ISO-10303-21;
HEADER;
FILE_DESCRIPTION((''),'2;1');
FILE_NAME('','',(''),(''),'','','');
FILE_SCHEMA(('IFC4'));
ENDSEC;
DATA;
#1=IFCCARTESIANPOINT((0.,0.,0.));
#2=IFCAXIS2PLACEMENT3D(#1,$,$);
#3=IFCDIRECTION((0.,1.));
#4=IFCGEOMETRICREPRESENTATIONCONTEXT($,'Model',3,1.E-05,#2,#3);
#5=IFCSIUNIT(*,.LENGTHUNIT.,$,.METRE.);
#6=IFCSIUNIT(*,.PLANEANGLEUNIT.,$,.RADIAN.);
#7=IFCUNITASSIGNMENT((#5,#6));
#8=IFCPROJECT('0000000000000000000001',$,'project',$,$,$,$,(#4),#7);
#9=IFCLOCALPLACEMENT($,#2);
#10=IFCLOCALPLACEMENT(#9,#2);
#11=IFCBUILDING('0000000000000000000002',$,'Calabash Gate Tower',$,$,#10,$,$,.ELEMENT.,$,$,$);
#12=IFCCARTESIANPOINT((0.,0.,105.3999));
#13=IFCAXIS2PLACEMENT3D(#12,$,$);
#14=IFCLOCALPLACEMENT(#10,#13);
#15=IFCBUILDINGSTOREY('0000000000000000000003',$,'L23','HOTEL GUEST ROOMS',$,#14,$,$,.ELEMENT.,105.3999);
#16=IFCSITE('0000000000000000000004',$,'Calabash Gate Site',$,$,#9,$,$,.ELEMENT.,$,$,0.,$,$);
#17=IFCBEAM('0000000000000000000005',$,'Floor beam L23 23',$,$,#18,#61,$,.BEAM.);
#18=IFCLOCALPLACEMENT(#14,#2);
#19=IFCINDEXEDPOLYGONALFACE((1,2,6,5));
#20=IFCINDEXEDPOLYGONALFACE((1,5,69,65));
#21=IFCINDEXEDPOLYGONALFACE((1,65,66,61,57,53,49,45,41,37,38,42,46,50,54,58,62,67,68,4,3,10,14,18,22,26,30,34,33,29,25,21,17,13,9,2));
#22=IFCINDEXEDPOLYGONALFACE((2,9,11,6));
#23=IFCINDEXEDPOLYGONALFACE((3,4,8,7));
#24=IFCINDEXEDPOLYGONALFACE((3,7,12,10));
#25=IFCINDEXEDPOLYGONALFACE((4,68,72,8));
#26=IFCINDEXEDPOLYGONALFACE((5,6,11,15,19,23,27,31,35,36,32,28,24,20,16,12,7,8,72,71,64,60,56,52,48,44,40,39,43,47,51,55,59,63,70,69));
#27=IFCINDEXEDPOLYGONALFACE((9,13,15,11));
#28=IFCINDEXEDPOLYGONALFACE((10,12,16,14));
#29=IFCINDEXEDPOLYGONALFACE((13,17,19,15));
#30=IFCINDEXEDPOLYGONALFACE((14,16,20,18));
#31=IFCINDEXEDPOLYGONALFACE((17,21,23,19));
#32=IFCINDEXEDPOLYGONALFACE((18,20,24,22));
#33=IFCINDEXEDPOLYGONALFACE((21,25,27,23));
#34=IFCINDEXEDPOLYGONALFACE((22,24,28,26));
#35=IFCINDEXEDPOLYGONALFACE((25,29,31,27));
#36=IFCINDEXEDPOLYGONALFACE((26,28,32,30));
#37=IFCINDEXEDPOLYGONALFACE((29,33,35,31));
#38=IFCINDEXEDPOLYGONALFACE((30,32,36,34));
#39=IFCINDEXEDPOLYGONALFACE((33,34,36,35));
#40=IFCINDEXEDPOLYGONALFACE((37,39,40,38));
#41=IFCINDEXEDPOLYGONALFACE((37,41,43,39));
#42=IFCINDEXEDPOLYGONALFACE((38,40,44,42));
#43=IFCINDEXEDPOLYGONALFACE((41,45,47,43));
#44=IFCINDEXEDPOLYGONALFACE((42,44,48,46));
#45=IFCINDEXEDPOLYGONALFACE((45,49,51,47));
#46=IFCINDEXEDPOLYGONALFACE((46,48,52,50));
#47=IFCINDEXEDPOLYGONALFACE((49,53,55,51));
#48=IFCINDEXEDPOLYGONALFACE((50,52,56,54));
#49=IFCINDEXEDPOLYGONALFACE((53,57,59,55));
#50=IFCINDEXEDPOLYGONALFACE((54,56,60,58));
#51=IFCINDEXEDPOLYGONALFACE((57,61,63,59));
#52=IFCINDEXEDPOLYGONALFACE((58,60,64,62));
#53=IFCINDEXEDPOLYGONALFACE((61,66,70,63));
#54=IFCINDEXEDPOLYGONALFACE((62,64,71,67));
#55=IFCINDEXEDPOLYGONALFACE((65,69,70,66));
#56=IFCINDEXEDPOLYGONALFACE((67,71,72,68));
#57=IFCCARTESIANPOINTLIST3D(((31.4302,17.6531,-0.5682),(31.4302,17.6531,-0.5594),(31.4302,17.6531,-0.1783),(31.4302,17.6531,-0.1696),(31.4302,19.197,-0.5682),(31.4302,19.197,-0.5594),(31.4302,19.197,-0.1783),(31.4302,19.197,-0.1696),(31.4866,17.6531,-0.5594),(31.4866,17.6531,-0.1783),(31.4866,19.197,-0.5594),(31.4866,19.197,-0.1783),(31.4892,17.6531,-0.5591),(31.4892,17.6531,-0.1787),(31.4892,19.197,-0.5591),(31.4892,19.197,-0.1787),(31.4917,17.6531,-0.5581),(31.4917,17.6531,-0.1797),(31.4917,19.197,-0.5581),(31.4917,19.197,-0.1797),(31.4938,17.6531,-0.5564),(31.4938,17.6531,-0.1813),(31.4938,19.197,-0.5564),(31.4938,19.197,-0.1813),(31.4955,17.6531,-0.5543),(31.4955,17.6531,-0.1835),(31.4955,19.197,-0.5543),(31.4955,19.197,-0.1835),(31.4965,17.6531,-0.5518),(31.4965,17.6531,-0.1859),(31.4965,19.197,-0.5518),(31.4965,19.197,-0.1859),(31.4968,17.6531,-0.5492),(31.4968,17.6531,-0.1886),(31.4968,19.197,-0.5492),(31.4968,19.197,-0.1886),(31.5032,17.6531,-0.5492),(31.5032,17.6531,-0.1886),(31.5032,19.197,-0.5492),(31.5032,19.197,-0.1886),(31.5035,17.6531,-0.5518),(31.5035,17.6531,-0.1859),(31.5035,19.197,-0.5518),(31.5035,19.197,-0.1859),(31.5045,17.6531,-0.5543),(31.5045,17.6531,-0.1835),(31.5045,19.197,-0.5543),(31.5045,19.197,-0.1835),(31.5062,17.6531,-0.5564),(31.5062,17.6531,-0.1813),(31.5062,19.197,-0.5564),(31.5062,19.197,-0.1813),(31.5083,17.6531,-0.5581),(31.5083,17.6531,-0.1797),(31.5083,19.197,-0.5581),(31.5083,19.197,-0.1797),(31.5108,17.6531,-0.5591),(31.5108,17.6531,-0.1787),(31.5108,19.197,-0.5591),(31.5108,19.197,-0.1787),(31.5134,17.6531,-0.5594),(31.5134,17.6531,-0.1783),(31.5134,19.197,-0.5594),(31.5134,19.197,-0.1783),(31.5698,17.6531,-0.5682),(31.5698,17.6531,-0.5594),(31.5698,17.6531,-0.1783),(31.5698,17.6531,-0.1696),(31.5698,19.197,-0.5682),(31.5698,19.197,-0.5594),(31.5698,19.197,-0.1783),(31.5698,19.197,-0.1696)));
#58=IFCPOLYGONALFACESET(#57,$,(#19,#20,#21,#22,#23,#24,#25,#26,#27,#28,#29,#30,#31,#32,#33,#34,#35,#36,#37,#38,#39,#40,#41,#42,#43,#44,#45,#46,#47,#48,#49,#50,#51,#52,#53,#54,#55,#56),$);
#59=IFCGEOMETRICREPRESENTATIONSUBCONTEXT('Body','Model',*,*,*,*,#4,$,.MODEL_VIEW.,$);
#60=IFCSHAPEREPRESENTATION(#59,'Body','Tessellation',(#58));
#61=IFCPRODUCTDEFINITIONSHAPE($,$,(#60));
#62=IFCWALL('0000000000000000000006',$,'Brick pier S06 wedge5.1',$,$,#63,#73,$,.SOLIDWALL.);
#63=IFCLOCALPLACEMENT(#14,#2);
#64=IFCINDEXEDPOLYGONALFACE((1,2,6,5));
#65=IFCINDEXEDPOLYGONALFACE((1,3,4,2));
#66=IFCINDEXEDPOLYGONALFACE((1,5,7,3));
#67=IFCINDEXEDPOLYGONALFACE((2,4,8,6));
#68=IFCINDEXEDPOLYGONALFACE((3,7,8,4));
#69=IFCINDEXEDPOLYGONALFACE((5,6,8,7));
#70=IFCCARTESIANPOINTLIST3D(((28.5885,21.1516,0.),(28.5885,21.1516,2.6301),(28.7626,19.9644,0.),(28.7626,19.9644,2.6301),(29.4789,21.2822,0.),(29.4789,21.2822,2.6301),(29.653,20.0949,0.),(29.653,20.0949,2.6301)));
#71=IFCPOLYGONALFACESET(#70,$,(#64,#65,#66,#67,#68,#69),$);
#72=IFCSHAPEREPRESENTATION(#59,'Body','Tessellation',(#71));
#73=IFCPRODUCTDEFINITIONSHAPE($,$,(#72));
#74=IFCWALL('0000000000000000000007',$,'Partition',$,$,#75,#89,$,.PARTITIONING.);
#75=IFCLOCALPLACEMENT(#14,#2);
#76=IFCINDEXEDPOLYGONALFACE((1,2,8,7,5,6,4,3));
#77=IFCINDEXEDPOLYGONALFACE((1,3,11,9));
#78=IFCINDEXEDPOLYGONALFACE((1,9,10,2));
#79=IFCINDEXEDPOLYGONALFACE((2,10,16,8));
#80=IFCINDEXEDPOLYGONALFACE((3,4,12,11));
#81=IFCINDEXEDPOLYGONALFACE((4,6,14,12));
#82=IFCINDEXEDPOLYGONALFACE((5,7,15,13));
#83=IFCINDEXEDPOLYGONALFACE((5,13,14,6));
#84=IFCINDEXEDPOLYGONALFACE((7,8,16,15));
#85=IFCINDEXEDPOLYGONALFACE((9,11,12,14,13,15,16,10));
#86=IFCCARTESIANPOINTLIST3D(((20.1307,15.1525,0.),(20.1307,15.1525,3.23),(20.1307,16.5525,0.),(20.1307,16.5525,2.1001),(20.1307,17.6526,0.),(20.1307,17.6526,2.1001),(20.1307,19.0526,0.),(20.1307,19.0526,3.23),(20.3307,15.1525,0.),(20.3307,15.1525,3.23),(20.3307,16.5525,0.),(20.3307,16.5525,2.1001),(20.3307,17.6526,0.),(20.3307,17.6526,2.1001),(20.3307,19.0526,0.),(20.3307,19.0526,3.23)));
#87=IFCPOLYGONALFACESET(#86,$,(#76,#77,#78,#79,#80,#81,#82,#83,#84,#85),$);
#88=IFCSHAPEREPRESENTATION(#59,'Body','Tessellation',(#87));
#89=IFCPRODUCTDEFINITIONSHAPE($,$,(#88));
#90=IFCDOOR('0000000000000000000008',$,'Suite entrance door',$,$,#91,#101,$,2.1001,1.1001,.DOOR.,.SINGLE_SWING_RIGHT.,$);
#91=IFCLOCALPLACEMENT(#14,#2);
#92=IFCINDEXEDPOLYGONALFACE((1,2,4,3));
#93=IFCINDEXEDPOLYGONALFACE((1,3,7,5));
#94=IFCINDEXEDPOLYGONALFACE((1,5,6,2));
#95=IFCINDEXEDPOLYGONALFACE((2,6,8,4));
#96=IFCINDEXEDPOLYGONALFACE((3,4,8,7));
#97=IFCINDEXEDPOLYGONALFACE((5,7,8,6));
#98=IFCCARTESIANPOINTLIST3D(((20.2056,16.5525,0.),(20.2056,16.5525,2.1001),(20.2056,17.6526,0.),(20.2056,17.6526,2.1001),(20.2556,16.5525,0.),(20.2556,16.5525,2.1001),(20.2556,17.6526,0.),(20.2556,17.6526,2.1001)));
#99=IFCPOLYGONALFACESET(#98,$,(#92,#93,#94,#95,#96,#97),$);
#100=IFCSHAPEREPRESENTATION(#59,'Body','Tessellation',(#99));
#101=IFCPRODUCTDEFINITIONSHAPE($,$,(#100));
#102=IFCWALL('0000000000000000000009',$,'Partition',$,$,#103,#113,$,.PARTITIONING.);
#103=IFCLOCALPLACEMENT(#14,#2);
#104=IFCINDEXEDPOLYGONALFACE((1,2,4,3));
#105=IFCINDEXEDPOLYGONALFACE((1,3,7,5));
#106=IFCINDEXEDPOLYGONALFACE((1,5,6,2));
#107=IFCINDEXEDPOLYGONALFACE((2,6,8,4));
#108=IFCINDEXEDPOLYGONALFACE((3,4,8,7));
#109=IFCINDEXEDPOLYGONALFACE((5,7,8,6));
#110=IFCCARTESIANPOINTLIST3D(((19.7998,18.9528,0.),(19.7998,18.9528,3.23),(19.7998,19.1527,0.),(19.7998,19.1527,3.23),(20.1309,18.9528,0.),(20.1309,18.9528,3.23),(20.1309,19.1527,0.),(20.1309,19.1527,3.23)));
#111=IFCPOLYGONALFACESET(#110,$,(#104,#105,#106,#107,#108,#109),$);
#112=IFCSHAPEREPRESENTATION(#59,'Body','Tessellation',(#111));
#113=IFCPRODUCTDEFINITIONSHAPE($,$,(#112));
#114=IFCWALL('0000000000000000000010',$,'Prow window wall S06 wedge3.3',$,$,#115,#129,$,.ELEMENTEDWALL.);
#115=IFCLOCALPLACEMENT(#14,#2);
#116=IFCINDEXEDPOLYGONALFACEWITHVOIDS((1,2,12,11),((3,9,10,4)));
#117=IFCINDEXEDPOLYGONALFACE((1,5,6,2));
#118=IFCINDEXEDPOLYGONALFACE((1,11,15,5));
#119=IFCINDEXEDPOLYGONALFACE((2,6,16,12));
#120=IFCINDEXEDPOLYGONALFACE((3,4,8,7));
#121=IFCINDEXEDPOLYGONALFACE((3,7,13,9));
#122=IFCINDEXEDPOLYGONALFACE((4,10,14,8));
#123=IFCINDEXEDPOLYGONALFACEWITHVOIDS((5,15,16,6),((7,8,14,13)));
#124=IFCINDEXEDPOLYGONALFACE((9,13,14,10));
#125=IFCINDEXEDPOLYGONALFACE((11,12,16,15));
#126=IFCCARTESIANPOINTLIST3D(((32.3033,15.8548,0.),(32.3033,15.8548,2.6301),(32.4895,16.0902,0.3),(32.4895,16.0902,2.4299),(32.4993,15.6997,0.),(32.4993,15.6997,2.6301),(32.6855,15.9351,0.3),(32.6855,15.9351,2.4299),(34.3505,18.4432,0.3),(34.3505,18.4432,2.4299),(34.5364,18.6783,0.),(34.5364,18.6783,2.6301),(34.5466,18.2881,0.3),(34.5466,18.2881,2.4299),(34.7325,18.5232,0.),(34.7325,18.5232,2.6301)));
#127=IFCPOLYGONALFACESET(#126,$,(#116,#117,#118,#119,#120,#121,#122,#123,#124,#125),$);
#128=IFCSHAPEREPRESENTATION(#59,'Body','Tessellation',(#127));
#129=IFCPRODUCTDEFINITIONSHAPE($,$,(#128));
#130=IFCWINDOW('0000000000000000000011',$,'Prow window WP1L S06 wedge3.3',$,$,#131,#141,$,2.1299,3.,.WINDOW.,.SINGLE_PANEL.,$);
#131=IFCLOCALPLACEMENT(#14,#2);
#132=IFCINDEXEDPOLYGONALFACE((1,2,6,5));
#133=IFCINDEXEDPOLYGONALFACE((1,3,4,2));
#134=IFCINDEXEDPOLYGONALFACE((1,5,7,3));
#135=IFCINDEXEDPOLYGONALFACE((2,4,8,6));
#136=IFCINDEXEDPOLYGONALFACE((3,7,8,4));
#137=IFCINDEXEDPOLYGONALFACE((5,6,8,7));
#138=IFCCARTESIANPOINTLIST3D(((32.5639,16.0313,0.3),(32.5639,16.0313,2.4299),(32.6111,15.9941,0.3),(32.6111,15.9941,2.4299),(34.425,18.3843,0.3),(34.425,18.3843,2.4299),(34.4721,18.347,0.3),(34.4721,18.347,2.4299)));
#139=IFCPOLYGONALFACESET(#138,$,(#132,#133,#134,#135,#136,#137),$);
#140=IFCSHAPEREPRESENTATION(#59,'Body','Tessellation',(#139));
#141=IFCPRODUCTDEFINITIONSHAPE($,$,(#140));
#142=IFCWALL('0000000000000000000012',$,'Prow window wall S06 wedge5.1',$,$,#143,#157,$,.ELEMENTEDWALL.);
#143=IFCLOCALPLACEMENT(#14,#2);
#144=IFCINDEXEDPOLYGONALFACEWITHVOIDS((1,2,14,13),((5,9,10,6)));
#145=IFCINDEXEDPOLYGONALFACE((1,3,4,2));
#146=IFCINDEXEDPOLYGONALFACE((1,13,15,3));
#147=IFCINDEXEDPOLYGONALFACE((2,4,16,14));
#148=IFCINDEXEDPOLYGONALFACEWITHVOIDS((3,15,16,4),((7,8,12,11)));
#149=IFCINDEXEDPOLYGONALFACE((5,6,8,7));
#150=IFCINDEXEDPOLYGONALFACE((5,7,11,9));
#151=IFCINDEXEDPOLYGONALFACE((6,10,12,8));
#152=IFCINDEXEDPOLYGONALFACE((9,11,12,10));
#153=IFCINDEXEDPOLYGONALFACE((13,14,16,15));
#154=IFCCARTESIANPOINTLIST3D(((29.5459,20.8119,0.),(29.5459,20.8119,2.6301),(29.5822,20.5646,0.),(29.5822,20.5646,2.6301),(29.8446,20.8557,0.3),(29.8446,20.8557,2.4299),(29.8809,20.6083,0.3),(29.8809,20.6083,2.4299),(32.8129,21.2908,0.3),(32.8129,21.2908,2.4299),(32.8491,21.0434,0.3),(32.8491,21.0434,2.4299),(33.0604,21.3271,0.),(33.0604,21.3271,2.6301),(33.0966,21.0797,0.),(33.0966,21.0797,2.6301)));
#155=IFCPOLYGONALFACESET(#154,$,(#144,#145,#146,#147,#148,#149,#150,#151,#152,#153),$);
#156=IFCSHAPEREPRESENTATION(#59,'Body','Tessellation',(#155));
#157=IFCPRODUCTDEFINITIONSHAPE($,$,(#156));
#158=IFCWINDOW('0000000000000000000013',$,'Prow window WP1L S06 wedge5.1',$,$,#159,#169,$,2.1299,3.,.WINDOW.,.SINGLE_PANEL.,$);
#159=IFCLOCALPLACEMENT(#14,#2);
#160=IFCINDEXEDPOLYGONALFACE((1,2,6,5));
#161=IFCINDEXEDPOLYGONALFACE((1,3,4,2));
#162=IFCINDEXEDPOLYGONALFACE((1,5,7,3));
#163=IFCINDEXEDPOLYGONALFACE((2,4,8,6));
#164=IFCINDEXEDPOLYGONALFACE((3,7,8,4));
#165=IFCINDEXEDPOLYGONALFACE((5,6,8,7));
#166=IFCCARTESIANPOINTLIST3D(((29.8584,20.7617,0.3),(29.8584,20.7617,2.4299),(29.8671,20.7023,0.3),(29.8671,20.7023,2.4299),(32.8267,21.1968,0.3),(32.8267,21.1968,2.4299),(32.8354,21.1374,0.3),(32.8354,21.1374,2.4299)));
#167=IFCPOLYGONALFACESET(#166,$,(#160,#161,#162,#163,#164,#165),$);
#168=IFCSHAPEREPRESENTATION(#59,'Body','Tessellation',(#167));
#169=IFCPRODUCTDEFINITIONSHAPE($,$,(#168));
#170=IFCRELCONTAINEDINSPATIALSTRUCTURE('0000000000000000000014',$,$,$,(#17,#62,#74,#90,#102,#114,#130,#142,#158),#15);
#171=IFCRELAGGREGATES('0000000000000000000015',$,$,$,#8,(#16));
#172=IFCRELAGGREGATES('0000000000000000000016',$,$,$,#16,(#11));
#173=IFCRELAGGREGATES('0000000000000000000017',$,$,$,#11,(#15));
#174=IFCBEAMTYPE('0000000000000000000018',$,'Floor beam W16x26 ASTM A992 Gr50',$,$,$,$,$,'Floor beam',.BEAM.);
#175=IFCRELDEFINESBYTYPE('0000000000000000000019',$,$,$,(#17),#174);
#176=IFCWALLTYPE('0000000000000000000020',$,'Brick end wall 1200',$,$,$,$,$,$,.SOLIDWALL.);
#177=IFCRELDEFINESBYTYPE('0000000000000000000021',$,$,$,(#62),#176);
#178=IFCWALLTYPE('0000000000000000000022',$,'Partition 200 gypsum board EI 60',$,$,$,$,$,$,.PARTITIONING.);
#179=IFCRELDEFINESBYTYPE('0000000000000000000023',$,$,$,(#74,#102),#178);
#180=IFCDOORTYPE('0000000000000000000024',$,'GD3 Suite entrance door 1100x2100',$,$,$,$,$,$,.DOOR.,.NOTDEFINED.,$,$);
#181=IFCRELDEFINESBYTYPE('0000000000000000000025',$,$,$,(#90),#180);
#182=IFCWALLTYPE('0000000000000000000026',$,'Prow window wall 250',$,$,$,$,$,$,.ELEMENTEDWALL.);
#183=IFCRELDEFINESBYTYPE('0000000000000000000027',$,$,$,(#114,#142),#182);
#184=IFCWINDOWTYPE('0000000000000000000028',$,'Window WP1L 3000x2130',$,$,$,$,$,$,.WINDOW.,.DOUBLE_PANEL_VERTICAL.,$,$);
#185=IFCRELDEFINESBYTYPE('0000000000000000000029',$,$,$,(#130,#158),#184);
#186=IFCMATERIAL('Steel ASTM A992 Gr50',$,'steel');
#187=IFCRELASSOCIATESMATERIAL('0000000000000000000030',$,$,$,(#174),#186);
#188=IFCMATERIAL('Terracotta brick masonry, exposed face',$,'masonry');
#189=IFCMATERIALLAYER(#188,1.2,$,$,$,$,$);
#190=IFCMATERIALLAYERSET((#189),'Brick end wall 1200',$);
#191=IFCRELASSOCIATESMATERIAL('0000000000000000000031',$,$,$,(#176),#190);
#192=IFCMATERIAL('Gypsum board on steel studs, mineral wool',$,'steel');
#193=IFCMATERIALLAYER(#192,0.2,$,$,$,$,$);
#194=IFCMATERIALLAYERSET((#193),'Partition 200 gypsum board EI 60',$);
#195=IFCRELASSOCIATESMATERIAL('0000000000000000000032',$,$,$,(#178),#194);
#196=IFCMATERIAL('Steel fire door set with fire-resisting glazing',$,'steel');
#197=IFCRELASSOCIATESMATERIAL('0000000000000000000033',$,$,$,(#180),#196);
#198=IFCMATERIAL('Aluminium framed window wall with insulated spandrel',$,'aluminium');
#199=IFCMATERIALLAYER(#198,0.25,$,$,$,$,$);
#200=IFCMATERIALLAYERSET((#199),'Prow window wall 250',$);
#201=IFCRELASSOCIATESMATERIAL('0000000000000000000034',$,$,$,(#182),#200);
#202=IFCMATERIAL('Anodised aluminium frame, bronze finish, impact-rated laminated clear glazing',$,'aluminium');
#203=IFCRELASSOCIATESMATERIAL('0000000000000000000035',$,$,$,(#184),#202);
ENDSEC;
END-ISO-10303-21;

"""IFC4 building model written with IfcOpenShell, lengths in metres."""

from ifc_helpers import new_model, si_unit, direction, frame, frame_2d, origin, origin_2d, place, context, subcontext, project, spatial, rectangle, i_section, extrude, material, layer, layer_set, material_profile, profile_set, type_object, element, fill, save


model = new_model("IFC4")

# Units and contexts
model_context = context("Model", 3, precision=1e-05, world=origin(), true_north=direction((0.0, 1.0)))
body_context = subcontext(model_context, "Body", "Model", "MODEL_VIEW")
ifc_project = project(units=[si_unit("LENGTHUNIT", "METRE"), si_unit("PLANEANGLEUNIT", "RADIAN")], contexts=[model_context])

# Site, building, storey
site_placement = place(None, origin())
site = spatial("IfcSite", under=ifc_project, at=site_placement, Name="Calabash Gate Site", CompositionType="ELEMENT", RefElevation=0.0)
building_placement = place(site_placement, origin())
building = spatial("IfcBuilding", under=site, at=building_placement, Name="Calabash Gate Tower", CompositionType="ELEMENT")
storey_placement = place(building_placement, frame((0.0, 0.0, 105.3999)))
storey = spatial("IfcBuildingStorey", under=building, at=storey_placement, Name="L23", Description="HOTEL GUEST ROOMS", CompositionType="ELEMENT", Elevation=105.3999)

# Beam
ifc_material_1 = material(Name="Steel ASTM A992 Gr50", Category="steel")
ifc_material_profile_1 = material_profile(ifc_material_1, i_section(OverallWidth=0.1396, OverallDepth=0.3987, WebThickness=0.0063, FlangeThickness=0.0088, FilletRadius=0.0103, at=origin_2d()))
ifc_profile_set_1 = profile_set([ifc_material_profile_1], Name="Steel ASTM A992 Gr50")
beam_type_1 = type_object("IfcBeamType", Name="Floor beam W16x26 ASTM A992 Gr50", ElementType="Floor beam", PredefinedType="BEAM", material=ifc_profile_set_1)
beam_1_placement = place(storey_placement, frame((31.5, 17.6531, -0.3689), z_axis=(0.0, 1.0, 0.0), x_axis=(-1.0, 0.0, 0.0)))
element("IfcBeam", 1, at=beam_1_placement, inside=storey, type_object=beam_type_1, Name="Floor beam L23 23", PredefinedType="BEAM", context=body_context, shape_type="SweptSolid", body=[
    extrude(i_section(OverallWidth=0.1396, OverallDepth=0.3987, WebThickness=0.0063, FlangeThickness=0.0088, FilletRadius=0.0103, at=origin_2d()), origin(), (0.0, 0.0, 1.0), 1.5439),
])

# Wall
ifc_material_2 = material(Name="Terracotta brick masonry, exposed face", Category="masonry")
ifc_layer_1 = layer(ifc_material_2, 1.2)
ifc_layer_set_1 = layer_set([ifc_layer_1], Name="Brick end wall 1200")
wall_type_1 = type_object("IfcWallType", Name="Brick end wall 1200", PredefinedType="SOLIDWALL", material=ifc_layer_set_1)
wall_1_placement = place(storey_placement, frame((29.0337, 21.217, 0.0), z_axis=(0.0, 0.0, 1.0), x_axis=(0.145066, -0.989422, 0.0)))
element("IfcWall", 2, at=wall_1_placement, inside=storey, type_object=wall_type_1, Name="Brick pier S06 wedge5.1", PredefinedType="SOLIDWALL", context=body_context, shape_type="SweptSolid", body=[
    extrude(rectangle(XDim=1.2, YDim=0.8999, at=frame_2d((0.6001, 0.0))), origin(), (0.0, 0.0, 1.0), 2.6301),
])

# Wall, opening, door
ifc_material_3 = material(Name="Gypsum board on steel studs, mineral wool", Category="steel")
ifc_layer_2 = layer(ifc_material_3, 0.2)
ifc_layer_set_2 = layer_set([ifc_layer_2], Name="Partition 200 gypsum board EI 60")
wall_type_2 = type_object("IfcWallType", Name="Partition 200 gypsum board EI 60", PredefinedType="PARTITIONING", material=ifc_layer_set_2)
wall_2_placement = place(storey_placement, frame((20.2307, 19.0527, 0.0), z_axis=(0.0, 0.0, 1.0), x_axis=(0.0, -1.0, 0.0)))
wall_2 = element("IfcWall", 3, at=wall_2_placement, inside=storey, type_object=wall_type_2, Name="Partition", PredefinedType="PARTITIONING", context=body_context, shape_type="SweptSolid", body=[
    extrude(rectangle(XDim=3.9001, YDim=0.2, at=frame_2d((1.9502, 0.0))), origin(), (0.0, 0.0, 1.0), 3.23),
])
opening_1_placement = place(wall_2_placement, frame((1.4001, 0.0, 0.0)))
opening_1 = element("IfcOpeningElement", 4, at=opening_1_placement, cuts=wall_2, PredefinedType="OPENING", context=body_context, shape_type="SweptSolid", body=[
    extrude(rectangle(XDim=1.1001, YDim=2.1001, at=frame_2d((0.55, 1.05))), frame((0.0, 0.1099, 0.0), z_axis=(0.0, -1.0, 0.0), x_axis=(1.0, 0.0, 0.0)), (0.0, 0.0, 1.0), 0.22),
])
ifc_material_4 = material(Name="Steel fire door set with fire-resisting glazing", Category="steel")
door_type = type_object("IfcDoorType", Name="GD3 Suite entrance door 1100x2100", OperationType="NOTDEFINED", PredefinedType="DOOR", material=ifc_material_4)
door_placement = place(opening_1_placement, origin())
door = element("IfcDoor", 5, at=door_placement, inside=storey, type_object=door_type, Name="Suite entrance door", OperationType="SINGLE_SWING_RIGHT", OverallHeight=2.1001, OverallWidth=1.1001, PredefinedType="DOOR", context=body_context, shape_type="SweptSolid", body=[
    extrude(rectangle(XDim=1.1001, YDim=2.1001, at=frame_2d((0.55, 1.05))), frame((0.0, 0.0249, 0.0), z_axis=(0.0, -1.0, 0.0), x_axis=(1.0, 0.0, 0.0)), (0.0, 0.0, 1.0), 0.05),
])
fill(opening_1, door)

# Wall
wall_3_placement = place(storey_placement, frame((19.7998, 19.0527, 0.0), z_axis=(0.0, 0.0, 1.0), x_axis=(1.0, 0.0, 0.0)))
element("IfcWall", 6, at=wall_3_placement, inside=storey, type_object=wall_type_2, Name="Partition", PredefinedType="PARTITIONING", context=body_context, shape_type="SweptSolid", body=[
    extrude(rectangle(XDim=0.3311, YDim=0.2, at=frame_2d((0.1655, 0.0))), origin(), (0.0, 0.0, 1.0), 3.23),
])

# Walls, openings, windows
ifc_material_5 = material(Name="Aluminium framed window wall with insulated spandrel", Category="aluminium")
ifc_layer_3 = layer(ifc_material_5, 0.25)
ifc_layer_set_3 = layer_set([ifc_layer_3], Name="Prow window wall 250")
wall_type_3 = type_object("IfcWallType", Name="Prow window wall 250", PredefinedType="ELEMENTEDWALL", material=ifc_layer_set_3)
wall_4_placement = place(storey_placement, frame((32.4014, 15.7773, 0.0), z_axis=(0.0, 0.0, 1.0), x_axis=(0.620343, 0.78433, 0.0)))
wall_4 = element("IfcWall", 7, at=wall_4_placement, inside=storey, type_object=wall_type_3, Name="Prow window wall S06 wedge3.3", PredefinedType="ELEMENTEDWALL", context=body_context, shape_type="SweptSolid", body=[
    extrude(rectangle(XDim=3.5999, YDim=0.25, at=frame_2d((1.7998, 0.0))), origin(), (0.0, 0.0, 1.0), 2.6301),
])
opening_2_placement = place(wall_4_placement, frame((0.3, 0.0, 0.3)))
opening_2 = element("IfcOpeningElement", 8, at=opening_2_placement, cuts=wall_4, PredefinedType="OPENING", context=body_context, shape_type="SweptSolid", body=[
    extrude(rectangle(XDim=3.0, YDim=2.1299, at=frame_2d((1.5, 1.0649))), frame((0.0, 0.135, 0.0), z_axis=(0.0, -1.0, 0.0), x_axis=(1.0, 0.0, 0.0)), (0.0, 0.0, 1.0), 0.27),
])
ifc_material_6 = material(Name="Anodised aluminium frame, bronze finish, impact-rated laminated clear glazing", Category="aluminium")
window_type_1 = type_object("IfcWindowType", Name="Window WP1L 3000x2130", PartitioningType="DOUBLE_PANEL_VERTICAL", PredefinedType="WINDOW", material=ifc_material_6)
window_1_placement = place(opening_2_placement, origin())
window_1 = element("IfcWindow", 9, at=window_1_placement, inside=storey, type_object=window_type_1, Name="Prow window WP1L S06 wedge3.3", OverallHeight=2.1299, OverallWidth=3.0, PartitioningType="SINGLE_PANEL", PredefinedType="WINDOW", context=body_context, shape_type="SweptSolid", body=[
    extrude(rectangle(XDim=3.0, YDim=2.1299, at=frame_2d((1.5, 1.0649))), frame((0.0, 0.03, 0.0), z_axis=(0.0, -1.0, 0.0), x_axis=(1.0, 0.0, 0.0)), (0.0, 0.0, 1.0), 0.0601),
])
fill(opening_2, window_1)
wall_5_placement = place(storey_placement, frame((33.0784, 21.2034, 0.0), z_axis=(0.0, 0.0, 1.0), x_axis=(-0.989427, -0.145029, 0.0)))
wall_5 = element("IfcWall", 10, at=wall_5_placement, inside=storey, type_object=wall_type_3, Name="Prow window wall S06 wedge5.1", PredefinedType="ELEMENTEDWALL", context=body_context, shape_type="SweptSolid", body=[
    extrude(rectangle(XDim=3.552, YDim=0.25, at=frame_2d((1.7759, 0.0))), origin(), (0.0, 0.0, 1.0), 2.6301),
])
opening_3_placement = place(wall_5_placement, frame((0.25, 0.0, 0.3)))
opening_3 = element("IfcOpeningElement", 11, at=opening_3_placement, cuts=wall_5, PredefinedType="OPENING", context=body_context, shape_type="SweptSolid", body=[
    extrude(rectangle(XDim=3.0, YDim=2.1299, at=frame_2d((1.5, 1.0649))), frame((0.0, 0.135, 0.0), z_axis=(0.0, -1.0, 0.0), x_axis=(1.0, 0.0, 0.0)), (0.0, 0.0, 1.0), 0.27),
])
window_2_placement = place(opening_3_placement, origin())
window_2 = element("IfcWindow", 12, at=window_2_placement, inside=storey, type_object=window_type_1, Name="Prow window WP1L S06 wedge5.1", OverallHeight=2.1299, OverallWidth=3.0, PartitioningType="SINGLE_PANEL", PredefinedType="WINDOW", context=body_context, shape_type="SweptSolid", body=[
    extrude(rectangle(XDim=3.0, YDim=2.1299, at=frame_2d((1.5, 1.0649))), frame((0.0, 0.03, 0.0), z_axis=(0.0, -1.0, 0.0), x_axis=(1.0, 0.0, 0.0)), (0.0, 0.0, 1.0), 0.0601),
])
fill(opening_3, window_2)

save(model, "model.ifc")
